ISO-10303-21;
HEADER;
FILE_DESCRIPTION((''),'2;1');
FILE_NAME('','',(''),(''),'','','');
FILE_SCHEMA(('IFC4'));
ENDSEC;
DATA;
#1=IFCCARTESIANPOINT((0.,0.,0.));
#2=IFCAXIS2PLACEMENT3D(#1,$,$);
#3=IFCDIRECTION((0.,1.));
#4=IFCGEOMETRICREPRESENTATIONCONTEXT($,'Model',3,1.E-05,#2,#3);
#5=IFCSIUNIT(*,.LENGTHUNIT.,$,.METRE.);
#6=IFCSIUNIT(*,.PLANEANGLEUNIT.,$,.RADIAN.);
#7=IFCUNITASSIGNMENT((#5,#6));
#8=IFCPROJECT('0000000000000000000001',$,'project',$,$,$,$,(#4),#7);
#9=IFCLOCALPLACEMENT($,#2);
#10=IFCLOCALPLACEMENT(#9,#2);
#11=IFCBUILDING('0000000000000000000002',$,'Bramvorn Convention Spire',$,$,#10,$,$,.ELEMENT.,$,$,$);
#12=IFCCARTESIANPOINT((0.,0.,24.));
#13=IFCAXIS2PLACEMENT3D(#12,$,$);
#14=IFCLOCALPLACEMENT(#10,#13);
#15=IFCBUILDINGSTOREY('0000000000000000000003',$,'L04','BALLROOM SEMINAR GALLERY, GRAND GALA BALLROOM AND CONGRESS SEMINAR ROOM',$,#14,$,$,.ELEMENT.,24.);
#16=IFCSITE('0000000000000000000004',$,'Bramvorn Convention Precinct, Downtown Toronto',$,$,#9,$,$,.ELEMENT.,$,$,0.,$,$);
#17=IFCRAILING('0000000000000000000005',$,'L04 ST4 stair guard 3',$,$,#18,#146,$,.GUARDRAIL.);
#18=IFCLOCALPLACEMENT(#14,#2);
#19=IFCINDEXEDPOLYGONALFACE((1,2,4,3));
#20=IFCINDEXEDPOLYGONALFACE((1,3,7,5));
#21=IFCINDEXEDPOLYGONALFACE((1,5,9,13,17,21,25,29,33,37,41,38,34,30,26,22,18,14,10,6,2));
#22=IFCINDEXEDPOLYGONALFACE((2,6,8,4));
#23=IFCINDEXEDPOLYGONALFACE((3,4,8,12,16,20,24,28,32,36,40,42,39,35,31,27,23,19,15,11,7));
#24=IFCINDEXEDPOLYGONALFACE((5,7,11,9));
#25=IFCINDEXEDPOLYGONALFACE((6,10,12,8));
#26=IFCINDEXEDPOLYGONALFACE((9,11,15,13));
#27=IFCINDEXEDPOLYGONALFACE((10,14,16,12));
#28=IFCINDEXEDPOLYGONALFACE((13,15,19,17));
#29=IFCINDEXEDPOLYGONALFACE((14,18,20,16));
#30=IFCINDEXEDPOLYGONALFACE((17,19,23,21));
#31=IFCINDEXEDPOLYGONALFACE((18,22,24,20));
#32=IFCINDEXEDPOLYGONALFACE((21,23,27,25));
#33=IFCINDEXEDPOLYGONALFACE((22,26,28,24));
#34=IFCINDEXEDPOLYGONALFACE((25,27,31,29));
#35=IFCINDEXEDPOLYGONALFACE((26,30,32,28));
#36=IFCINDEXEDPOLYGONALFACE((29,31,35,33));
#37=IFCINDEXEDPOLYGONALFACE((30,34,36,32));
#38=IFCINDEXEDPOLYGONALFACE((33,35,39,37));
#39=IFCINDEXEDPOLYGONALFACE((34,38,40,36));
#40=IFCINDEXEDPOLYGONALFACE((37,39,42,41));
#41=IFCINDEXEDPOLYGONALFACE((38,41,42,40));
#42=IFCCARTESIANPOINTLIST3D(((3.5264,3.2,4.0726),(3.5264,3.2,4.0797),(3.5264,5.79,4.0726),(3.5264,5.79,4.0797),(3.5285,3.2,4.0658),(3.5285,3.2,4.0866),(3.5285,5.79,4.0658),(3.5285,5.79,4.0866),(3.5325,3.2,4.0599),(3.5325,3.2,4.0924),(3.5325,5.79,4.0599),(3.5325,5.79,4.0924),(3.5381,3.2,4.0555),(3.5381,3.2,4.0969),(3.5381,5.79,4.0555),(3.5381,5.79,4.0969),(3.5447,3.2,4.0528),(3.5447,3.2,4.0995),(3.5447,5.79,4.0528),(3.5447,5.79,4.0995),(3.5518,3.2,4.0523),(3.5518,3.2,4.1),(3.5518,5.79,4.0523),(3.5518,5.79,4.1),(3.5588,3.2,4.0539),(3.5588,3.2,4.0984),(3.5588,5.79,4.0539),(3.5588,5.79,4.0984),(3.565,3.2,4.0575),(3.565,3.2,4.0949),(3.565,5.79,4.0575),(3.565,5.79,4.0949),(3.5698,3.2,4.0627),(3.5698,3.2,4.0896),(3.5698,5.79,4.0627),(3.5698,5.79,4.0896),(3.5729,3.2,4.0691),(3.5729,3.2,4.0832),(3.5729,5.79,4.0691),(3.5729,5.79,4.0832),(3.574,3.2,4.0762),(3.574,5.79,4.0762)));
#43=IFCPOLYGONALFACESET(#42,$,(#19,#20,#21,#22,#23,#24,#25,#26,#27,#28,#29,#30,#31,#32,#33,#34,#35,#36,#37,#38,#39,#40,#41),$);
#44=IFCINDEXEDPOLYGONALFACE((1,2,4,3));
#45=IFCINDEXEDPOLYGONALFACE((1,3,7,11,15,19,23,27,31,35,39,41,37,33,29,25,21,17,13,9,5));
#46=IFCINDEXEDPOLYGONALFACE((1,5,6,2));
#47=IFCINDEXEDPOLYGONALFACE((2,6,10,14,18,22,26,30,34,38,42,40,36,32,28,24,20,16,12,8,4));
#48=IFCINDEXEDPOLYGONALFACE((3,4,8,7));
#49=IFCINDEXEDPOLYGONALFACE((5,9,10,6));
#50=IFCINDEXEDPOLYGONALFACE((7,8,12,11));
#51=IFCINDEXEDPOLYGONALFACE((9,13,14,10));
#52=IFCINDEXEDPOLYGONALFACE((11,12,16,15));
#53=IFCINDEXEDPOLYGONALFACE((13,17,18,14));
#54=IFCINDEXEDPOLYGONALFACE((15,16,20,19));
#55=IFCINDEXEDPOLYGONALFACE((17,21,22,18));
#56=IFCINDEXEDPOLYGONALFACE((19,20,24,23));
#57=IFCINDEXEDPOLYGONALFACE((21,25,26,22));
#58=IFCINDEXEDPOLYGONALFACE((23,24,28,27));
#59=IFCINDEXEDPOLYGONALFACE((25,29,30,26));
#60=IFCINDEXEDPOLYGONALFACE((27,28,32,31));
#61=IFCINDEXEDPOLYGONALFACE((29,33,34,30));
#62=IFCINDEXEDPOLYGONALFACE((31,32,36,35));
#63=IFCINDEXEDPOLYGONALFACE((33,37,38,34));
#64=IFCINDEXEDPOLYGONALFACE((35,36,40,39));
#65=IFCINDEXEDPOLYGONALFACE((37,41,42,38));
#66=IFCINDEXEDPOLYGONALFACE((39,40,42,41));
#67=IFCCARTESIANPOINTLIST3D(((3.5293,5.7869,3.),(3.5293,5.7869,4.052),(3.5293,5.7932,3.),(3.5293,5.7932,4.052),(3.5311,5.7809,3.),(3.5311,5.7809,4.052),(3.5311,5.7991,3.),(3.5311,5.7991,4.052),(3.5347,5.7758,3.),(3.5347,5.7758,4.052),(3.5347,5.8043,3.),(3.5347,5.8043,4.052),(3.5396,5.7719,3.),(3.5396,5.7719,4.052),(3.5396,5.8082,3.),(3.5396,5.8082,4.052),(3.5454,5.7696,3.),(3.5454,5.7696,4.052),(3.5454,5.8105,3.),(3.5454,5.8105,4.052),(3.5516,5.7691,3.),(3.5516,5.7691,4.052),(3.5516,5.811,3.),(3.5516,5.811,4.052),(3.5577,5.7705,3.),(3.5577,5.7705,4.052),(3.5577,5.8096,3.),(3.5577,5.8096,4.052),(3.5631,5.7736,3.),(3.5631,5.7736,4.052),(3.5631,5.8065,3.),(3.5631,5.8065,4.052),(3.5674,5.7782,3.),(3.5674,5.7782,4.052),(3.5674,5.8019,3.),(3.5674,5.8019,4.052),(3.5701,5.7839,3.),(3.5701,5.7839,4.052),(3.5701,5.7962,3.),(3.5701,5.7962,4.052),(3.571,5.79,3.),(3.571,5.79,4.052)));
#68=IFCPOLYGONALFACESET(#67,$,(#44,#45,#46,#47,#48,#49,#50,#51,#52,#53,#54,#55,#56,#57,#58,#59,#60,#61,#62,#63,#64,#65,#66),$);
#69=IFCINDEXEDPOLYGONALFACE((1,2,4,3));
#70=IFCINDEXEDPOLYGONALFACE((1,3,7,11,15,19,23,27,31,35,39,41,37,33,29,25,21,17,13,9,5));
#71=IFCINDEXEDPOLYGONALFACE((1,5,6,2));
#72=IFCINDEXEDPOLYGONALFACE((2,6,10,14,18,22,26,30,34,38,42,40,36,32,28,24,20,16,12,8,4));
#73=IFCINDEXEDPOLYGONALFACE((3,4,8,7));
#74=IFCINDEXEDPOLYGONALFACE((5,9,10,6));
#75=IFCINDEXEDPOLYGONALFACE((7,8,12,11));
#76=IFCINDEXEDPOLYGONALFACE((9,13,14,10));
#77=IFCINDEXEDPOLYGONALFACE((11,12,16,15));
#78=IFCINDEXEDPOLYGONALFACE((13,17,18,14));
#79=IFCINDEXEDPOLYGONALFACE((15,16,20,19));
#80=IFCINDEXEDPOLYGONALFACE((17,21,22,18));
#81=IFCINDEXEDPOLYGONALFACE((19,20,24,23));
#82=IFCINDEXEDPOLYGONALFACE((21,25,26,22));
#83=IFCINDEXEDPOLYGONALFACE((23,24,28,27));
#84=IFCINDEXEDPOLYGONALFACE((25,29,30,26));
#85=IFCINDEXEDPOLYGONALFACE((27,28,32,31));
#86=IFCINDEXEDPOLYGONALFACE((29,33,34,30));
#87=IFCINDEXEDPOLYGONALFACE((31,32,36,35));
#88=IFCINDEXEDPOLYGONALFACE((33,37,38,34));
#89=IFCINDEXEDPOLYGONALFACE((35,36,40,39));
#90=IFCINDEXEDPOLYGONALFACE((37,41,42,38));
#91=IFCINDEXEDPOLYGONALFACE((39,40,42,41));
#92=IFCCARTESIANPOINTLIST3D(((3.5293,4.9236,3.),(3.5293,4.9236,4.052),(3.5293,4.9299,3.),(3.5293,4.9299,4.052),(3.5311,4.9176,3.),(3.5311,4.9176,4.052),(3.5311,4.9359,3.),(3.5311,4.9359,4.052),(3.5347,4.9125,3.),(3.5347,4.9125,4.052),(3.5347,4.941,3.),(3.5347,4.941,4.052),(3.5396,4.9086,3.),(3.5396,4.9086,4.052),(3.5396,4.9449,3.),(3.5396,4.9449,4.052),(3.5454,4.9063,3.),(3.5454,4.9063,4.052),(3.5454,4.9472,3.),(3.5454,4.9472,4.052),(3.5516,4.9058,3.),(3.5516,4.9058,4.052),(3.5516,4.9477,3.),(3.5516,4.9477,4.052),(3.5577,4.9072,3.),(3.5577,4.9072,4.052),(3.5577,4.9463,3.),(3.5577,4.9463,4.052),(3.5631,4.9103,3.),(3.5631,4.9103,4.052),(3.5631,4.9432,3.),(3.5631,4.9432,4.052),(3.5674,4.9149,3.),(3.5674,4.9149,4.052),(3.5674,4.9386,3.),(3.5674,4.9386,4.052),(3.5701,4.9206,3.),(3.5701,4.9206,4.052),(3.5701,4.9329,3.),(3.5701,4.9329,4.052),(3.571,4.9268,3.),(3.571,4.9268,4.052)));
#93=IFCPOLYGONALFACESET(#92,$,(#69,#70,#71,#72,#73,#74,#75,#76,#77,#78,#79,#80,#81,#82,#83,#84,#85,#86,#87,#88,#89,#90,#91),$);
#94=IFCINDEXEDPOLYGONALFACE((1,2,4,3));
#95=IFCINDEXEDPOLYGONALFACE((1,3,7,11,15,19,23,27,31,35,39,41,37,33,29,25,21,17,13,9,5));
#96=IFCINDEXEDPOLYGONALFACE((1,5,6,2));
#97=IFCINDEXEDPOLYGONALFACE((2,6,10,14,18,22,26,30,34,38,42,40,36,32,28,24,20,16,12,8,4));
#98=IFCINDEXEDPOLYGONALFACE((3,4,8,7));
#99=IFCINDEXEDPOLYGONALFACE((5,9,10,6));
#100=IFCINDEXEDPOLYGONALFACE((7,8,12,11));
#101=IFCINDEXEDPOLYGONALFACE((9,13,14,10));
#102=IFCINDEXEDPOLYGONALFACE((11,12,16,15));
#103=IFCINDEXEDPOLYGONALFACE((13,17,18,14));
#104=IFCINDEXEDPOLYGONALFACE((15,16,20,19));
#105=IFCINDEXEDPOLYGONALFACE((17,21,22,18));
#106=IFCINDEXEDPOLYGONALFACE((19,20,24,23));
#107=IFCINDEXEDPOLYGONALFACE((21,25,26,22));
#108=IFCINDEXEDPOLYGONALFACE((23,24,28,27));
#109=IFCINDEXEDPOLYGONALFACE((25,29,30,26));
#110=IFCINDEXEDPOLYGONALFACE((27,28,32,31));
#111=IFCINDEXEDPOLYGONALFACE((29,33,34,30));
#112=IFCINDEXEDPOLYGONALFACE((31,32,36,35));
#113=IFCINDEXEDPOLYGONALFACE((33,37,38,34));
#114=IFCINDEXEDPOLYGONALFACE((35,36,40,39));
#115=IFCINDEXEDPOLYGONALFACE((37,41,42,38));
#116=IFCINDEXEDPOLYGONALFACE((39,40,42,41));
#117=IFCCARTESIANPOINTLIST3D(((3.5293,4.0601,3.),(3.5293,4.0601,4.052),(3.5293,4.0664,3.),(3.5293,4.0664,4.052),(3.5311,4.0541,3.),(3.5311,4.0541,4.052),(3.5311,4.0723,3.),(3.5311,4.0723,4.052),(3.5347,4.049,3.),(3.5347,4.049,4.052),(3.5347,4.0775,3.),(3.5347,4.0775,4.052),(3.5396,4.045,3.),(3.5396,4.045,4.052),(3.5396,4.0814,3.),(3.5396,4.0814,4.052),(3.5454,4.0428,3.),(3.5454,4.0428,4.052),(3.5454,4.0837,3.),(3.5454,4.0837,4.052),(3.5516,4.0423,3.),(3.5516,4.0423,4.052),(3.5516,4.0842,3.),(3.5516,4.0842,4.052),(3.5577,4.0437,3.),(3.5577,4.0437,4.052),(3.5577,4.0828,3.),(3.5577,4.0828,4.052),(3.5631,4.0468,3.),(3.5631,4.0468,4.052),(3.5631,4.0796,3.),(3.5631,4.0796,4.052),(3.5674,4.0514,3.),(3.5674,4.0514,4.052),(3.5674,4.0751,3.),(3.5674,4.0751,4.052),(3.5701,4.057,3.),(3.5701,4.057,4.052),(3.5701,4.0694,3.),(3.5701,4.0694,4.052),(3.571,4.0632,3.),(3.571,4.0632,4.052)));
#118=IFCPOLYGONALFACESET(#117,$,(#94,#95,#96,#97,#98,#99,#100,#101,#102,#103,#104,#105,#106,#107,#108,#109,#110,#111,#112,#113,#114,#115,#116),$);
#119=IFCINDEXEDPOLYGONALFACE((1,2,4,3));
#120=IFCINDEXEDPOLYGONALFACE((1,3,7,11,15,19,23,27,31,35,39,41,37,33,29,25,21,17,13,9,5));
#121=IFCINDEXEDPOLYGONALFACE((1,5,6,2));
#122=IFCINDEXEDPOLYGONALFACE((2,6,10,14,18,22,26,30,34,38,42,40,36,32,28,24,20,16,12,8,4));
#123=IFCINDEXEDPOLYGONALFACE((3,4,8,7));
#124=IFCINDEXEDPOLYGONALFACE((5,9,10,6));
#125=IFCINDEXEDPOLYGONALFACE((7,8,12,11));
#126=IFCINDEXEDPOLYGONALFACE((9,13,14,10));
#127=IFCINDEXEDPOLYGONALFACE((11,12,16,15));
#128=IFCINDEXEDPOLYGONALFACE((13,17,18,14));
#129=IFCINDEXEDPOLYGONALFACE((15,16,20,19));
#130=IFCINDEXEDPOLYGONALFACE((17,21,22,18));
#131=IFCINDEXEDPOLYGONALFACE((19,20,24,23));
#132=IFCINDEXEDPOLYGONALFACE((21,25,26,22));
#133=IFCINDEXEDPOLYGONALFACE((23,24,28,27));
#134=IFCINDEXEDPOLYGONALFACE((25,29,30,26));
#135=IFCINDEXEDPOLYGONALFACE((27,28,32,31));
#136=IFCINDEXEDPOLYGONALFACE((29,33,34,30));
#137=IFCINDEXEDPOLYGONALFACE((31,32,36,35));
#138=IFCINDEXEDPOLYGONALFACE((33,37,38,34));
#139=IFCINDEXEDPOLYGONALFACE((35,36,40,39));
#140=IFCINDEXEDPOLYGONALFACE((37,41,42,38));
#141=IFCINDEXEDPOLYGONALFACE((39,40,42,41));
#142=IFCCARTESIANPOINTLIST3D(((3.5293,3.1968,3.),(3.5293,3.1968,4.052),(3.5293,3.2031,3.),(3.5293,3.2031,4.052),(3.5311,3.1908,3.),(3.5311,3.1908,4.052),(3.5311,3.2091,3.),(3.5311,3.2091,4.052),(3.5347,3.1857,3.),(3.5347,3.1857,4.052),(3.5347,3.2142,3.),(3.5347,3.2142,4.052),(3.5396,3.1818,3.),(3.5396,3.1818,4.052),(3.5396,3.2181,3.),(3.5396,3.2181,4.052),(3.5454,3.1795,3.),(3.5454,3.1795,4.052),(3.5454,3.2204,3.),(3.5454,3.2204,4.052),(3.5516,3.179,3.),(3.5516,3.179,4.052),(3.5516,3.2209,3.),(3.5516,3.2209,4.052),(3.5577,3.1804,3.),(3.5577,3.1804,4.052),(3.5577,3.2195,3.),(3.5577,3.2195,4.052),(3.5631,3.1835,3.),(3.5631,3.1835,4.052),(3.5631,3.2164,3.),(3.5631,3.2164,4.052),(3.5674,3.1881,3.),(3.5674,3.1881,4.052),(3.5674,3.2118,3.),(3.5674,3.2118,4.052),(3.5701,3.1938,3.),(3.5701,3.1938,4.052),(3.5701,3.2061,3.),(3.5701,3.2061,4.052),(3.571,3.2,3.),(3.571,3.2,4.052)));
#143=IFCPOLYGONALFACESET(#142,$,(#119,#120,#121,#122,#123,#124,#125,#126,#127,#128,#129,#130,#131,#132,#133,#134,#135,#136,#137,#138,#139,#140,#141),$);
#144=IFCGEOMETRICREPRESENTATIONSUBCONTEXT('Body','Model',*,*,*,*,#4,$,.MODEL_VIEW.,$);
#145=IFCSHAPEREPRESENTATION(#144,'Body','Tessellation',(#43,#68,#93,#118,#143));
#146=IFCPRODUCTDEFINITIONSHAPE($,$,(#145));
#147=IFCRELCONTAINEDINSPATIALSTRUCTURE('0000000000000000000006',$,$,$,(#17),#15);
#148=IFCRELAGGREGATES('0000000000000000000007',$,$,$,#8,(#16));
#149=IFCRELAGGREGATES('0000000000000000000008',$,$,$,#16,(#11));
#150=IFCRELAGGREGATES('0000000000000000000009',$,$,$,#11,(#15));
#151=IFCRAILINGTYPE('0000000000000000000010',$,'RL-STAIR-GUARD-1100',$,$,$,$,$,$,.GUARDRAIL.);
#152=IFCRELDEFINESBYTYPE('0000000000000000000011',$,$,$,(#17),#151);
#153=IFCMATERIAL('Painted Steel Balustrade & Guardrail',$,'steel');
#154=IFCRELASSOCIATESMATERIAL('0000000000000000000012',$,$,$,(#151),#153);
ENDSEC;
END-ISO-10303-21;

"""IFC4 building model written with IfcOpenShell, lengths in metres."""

from ifc_helpers import new_model, si_unit, direction, frame, origin, origin_2d, place, context, subcontext, project, spatial, circle, extrude, material, type_object, element, save


model = new_model("IFC4")

# Units and contexts
model_context = context("Model", 3, precision=1e-05, world=origin(), true_north=direction((0.0, 1.0)))
body_context = subcontext(model_context, "Body", "Model", "MODEL_VIEW")
ifc_project = project(units=[si_unit("LENGTHUNIT", "METRE"), si_unit("PLANEANGLEUNIT", "RADIAN")], contexts=[model_context])

# Site, building, storey
site_placement = place(None, origin())
site = spatial("IfcSite", under=ifc_project, at=site_placement, Name="Bramvorn Convention Precinct, Downtown Toronto", CompositionType="ELEMENT", RefElevation=0.0)
building_placement = place(site_placement, origin())
building = spatial("IfcBuilding", under=site, at=building_placement, Name="Bramvorn Convention Spire", CompositionType="ELEMENT")
storey_placement = place(building_placement, frame((0.0, 0.0, 24.0)))
storey = spatial("IfcBuildingStorey", under=building, at=storey_placement, Name="L04", Description="BALLROOM SEMINAR GALLERY, GRAND GALA BALLROOM AND CONGRESS SEMINAR ROOM", CompositionType="ELEMENT", Elevation=24.0)

# Railing
ifc_material_1 = material(Name="Painted Steel Balustrade & Guardrail", Category="steel")
railing_type_1 = type_object("IfcRailingType", Name="RL-STAIR-GUARD-1100", PredefinedType="GUARDRAIL", material=ifc_material_1)
for number, where, name in (
    (1, (3.55, 5.79, 3.0), "L04 ST4 stair guard 3"),
):
    element("IfcRailing", number, at=place(storey_placement, frame(where)), inside=storey, type_object=railing_type_1, Name=name, PredefinedType="GUARDRAIL", context=body_context, shape_type="SweptSolid", body=[
        extrude(circle(Radius=0.0239, at=origin_2d()), frame((0.0, 0.0, 1.0762), z_axis=(0.0, -1.0, 0.0), x_axis=(1.0, 0.0, 0.0)), (0.0, 0.0, 1.0), 2.5901),
        extrude(circle(Radius=0.021, at=origin_2d()), origin(), (0.0, 0.0, 1.0), 1.052),
        extrude(circle(Radius=0.021, at=origin_2d()), frame((0.0, -0.8633, 0.0)), (0.0, 0.0, 1.0), 1.052),
        extrude(circle(Radius=0.021, at=origin_2d()), frame((0.0, -1.7268, 0.0)), (0.0, 0.0, 1.0), 1.052),
        extrude(circle(Radius=0.021, at=origin_2d()), frame((0.0, -2.5901, 0.0)), (0.0, 0.0, 1.0), 1.052),
    ])

save(model, "model.ifc")
